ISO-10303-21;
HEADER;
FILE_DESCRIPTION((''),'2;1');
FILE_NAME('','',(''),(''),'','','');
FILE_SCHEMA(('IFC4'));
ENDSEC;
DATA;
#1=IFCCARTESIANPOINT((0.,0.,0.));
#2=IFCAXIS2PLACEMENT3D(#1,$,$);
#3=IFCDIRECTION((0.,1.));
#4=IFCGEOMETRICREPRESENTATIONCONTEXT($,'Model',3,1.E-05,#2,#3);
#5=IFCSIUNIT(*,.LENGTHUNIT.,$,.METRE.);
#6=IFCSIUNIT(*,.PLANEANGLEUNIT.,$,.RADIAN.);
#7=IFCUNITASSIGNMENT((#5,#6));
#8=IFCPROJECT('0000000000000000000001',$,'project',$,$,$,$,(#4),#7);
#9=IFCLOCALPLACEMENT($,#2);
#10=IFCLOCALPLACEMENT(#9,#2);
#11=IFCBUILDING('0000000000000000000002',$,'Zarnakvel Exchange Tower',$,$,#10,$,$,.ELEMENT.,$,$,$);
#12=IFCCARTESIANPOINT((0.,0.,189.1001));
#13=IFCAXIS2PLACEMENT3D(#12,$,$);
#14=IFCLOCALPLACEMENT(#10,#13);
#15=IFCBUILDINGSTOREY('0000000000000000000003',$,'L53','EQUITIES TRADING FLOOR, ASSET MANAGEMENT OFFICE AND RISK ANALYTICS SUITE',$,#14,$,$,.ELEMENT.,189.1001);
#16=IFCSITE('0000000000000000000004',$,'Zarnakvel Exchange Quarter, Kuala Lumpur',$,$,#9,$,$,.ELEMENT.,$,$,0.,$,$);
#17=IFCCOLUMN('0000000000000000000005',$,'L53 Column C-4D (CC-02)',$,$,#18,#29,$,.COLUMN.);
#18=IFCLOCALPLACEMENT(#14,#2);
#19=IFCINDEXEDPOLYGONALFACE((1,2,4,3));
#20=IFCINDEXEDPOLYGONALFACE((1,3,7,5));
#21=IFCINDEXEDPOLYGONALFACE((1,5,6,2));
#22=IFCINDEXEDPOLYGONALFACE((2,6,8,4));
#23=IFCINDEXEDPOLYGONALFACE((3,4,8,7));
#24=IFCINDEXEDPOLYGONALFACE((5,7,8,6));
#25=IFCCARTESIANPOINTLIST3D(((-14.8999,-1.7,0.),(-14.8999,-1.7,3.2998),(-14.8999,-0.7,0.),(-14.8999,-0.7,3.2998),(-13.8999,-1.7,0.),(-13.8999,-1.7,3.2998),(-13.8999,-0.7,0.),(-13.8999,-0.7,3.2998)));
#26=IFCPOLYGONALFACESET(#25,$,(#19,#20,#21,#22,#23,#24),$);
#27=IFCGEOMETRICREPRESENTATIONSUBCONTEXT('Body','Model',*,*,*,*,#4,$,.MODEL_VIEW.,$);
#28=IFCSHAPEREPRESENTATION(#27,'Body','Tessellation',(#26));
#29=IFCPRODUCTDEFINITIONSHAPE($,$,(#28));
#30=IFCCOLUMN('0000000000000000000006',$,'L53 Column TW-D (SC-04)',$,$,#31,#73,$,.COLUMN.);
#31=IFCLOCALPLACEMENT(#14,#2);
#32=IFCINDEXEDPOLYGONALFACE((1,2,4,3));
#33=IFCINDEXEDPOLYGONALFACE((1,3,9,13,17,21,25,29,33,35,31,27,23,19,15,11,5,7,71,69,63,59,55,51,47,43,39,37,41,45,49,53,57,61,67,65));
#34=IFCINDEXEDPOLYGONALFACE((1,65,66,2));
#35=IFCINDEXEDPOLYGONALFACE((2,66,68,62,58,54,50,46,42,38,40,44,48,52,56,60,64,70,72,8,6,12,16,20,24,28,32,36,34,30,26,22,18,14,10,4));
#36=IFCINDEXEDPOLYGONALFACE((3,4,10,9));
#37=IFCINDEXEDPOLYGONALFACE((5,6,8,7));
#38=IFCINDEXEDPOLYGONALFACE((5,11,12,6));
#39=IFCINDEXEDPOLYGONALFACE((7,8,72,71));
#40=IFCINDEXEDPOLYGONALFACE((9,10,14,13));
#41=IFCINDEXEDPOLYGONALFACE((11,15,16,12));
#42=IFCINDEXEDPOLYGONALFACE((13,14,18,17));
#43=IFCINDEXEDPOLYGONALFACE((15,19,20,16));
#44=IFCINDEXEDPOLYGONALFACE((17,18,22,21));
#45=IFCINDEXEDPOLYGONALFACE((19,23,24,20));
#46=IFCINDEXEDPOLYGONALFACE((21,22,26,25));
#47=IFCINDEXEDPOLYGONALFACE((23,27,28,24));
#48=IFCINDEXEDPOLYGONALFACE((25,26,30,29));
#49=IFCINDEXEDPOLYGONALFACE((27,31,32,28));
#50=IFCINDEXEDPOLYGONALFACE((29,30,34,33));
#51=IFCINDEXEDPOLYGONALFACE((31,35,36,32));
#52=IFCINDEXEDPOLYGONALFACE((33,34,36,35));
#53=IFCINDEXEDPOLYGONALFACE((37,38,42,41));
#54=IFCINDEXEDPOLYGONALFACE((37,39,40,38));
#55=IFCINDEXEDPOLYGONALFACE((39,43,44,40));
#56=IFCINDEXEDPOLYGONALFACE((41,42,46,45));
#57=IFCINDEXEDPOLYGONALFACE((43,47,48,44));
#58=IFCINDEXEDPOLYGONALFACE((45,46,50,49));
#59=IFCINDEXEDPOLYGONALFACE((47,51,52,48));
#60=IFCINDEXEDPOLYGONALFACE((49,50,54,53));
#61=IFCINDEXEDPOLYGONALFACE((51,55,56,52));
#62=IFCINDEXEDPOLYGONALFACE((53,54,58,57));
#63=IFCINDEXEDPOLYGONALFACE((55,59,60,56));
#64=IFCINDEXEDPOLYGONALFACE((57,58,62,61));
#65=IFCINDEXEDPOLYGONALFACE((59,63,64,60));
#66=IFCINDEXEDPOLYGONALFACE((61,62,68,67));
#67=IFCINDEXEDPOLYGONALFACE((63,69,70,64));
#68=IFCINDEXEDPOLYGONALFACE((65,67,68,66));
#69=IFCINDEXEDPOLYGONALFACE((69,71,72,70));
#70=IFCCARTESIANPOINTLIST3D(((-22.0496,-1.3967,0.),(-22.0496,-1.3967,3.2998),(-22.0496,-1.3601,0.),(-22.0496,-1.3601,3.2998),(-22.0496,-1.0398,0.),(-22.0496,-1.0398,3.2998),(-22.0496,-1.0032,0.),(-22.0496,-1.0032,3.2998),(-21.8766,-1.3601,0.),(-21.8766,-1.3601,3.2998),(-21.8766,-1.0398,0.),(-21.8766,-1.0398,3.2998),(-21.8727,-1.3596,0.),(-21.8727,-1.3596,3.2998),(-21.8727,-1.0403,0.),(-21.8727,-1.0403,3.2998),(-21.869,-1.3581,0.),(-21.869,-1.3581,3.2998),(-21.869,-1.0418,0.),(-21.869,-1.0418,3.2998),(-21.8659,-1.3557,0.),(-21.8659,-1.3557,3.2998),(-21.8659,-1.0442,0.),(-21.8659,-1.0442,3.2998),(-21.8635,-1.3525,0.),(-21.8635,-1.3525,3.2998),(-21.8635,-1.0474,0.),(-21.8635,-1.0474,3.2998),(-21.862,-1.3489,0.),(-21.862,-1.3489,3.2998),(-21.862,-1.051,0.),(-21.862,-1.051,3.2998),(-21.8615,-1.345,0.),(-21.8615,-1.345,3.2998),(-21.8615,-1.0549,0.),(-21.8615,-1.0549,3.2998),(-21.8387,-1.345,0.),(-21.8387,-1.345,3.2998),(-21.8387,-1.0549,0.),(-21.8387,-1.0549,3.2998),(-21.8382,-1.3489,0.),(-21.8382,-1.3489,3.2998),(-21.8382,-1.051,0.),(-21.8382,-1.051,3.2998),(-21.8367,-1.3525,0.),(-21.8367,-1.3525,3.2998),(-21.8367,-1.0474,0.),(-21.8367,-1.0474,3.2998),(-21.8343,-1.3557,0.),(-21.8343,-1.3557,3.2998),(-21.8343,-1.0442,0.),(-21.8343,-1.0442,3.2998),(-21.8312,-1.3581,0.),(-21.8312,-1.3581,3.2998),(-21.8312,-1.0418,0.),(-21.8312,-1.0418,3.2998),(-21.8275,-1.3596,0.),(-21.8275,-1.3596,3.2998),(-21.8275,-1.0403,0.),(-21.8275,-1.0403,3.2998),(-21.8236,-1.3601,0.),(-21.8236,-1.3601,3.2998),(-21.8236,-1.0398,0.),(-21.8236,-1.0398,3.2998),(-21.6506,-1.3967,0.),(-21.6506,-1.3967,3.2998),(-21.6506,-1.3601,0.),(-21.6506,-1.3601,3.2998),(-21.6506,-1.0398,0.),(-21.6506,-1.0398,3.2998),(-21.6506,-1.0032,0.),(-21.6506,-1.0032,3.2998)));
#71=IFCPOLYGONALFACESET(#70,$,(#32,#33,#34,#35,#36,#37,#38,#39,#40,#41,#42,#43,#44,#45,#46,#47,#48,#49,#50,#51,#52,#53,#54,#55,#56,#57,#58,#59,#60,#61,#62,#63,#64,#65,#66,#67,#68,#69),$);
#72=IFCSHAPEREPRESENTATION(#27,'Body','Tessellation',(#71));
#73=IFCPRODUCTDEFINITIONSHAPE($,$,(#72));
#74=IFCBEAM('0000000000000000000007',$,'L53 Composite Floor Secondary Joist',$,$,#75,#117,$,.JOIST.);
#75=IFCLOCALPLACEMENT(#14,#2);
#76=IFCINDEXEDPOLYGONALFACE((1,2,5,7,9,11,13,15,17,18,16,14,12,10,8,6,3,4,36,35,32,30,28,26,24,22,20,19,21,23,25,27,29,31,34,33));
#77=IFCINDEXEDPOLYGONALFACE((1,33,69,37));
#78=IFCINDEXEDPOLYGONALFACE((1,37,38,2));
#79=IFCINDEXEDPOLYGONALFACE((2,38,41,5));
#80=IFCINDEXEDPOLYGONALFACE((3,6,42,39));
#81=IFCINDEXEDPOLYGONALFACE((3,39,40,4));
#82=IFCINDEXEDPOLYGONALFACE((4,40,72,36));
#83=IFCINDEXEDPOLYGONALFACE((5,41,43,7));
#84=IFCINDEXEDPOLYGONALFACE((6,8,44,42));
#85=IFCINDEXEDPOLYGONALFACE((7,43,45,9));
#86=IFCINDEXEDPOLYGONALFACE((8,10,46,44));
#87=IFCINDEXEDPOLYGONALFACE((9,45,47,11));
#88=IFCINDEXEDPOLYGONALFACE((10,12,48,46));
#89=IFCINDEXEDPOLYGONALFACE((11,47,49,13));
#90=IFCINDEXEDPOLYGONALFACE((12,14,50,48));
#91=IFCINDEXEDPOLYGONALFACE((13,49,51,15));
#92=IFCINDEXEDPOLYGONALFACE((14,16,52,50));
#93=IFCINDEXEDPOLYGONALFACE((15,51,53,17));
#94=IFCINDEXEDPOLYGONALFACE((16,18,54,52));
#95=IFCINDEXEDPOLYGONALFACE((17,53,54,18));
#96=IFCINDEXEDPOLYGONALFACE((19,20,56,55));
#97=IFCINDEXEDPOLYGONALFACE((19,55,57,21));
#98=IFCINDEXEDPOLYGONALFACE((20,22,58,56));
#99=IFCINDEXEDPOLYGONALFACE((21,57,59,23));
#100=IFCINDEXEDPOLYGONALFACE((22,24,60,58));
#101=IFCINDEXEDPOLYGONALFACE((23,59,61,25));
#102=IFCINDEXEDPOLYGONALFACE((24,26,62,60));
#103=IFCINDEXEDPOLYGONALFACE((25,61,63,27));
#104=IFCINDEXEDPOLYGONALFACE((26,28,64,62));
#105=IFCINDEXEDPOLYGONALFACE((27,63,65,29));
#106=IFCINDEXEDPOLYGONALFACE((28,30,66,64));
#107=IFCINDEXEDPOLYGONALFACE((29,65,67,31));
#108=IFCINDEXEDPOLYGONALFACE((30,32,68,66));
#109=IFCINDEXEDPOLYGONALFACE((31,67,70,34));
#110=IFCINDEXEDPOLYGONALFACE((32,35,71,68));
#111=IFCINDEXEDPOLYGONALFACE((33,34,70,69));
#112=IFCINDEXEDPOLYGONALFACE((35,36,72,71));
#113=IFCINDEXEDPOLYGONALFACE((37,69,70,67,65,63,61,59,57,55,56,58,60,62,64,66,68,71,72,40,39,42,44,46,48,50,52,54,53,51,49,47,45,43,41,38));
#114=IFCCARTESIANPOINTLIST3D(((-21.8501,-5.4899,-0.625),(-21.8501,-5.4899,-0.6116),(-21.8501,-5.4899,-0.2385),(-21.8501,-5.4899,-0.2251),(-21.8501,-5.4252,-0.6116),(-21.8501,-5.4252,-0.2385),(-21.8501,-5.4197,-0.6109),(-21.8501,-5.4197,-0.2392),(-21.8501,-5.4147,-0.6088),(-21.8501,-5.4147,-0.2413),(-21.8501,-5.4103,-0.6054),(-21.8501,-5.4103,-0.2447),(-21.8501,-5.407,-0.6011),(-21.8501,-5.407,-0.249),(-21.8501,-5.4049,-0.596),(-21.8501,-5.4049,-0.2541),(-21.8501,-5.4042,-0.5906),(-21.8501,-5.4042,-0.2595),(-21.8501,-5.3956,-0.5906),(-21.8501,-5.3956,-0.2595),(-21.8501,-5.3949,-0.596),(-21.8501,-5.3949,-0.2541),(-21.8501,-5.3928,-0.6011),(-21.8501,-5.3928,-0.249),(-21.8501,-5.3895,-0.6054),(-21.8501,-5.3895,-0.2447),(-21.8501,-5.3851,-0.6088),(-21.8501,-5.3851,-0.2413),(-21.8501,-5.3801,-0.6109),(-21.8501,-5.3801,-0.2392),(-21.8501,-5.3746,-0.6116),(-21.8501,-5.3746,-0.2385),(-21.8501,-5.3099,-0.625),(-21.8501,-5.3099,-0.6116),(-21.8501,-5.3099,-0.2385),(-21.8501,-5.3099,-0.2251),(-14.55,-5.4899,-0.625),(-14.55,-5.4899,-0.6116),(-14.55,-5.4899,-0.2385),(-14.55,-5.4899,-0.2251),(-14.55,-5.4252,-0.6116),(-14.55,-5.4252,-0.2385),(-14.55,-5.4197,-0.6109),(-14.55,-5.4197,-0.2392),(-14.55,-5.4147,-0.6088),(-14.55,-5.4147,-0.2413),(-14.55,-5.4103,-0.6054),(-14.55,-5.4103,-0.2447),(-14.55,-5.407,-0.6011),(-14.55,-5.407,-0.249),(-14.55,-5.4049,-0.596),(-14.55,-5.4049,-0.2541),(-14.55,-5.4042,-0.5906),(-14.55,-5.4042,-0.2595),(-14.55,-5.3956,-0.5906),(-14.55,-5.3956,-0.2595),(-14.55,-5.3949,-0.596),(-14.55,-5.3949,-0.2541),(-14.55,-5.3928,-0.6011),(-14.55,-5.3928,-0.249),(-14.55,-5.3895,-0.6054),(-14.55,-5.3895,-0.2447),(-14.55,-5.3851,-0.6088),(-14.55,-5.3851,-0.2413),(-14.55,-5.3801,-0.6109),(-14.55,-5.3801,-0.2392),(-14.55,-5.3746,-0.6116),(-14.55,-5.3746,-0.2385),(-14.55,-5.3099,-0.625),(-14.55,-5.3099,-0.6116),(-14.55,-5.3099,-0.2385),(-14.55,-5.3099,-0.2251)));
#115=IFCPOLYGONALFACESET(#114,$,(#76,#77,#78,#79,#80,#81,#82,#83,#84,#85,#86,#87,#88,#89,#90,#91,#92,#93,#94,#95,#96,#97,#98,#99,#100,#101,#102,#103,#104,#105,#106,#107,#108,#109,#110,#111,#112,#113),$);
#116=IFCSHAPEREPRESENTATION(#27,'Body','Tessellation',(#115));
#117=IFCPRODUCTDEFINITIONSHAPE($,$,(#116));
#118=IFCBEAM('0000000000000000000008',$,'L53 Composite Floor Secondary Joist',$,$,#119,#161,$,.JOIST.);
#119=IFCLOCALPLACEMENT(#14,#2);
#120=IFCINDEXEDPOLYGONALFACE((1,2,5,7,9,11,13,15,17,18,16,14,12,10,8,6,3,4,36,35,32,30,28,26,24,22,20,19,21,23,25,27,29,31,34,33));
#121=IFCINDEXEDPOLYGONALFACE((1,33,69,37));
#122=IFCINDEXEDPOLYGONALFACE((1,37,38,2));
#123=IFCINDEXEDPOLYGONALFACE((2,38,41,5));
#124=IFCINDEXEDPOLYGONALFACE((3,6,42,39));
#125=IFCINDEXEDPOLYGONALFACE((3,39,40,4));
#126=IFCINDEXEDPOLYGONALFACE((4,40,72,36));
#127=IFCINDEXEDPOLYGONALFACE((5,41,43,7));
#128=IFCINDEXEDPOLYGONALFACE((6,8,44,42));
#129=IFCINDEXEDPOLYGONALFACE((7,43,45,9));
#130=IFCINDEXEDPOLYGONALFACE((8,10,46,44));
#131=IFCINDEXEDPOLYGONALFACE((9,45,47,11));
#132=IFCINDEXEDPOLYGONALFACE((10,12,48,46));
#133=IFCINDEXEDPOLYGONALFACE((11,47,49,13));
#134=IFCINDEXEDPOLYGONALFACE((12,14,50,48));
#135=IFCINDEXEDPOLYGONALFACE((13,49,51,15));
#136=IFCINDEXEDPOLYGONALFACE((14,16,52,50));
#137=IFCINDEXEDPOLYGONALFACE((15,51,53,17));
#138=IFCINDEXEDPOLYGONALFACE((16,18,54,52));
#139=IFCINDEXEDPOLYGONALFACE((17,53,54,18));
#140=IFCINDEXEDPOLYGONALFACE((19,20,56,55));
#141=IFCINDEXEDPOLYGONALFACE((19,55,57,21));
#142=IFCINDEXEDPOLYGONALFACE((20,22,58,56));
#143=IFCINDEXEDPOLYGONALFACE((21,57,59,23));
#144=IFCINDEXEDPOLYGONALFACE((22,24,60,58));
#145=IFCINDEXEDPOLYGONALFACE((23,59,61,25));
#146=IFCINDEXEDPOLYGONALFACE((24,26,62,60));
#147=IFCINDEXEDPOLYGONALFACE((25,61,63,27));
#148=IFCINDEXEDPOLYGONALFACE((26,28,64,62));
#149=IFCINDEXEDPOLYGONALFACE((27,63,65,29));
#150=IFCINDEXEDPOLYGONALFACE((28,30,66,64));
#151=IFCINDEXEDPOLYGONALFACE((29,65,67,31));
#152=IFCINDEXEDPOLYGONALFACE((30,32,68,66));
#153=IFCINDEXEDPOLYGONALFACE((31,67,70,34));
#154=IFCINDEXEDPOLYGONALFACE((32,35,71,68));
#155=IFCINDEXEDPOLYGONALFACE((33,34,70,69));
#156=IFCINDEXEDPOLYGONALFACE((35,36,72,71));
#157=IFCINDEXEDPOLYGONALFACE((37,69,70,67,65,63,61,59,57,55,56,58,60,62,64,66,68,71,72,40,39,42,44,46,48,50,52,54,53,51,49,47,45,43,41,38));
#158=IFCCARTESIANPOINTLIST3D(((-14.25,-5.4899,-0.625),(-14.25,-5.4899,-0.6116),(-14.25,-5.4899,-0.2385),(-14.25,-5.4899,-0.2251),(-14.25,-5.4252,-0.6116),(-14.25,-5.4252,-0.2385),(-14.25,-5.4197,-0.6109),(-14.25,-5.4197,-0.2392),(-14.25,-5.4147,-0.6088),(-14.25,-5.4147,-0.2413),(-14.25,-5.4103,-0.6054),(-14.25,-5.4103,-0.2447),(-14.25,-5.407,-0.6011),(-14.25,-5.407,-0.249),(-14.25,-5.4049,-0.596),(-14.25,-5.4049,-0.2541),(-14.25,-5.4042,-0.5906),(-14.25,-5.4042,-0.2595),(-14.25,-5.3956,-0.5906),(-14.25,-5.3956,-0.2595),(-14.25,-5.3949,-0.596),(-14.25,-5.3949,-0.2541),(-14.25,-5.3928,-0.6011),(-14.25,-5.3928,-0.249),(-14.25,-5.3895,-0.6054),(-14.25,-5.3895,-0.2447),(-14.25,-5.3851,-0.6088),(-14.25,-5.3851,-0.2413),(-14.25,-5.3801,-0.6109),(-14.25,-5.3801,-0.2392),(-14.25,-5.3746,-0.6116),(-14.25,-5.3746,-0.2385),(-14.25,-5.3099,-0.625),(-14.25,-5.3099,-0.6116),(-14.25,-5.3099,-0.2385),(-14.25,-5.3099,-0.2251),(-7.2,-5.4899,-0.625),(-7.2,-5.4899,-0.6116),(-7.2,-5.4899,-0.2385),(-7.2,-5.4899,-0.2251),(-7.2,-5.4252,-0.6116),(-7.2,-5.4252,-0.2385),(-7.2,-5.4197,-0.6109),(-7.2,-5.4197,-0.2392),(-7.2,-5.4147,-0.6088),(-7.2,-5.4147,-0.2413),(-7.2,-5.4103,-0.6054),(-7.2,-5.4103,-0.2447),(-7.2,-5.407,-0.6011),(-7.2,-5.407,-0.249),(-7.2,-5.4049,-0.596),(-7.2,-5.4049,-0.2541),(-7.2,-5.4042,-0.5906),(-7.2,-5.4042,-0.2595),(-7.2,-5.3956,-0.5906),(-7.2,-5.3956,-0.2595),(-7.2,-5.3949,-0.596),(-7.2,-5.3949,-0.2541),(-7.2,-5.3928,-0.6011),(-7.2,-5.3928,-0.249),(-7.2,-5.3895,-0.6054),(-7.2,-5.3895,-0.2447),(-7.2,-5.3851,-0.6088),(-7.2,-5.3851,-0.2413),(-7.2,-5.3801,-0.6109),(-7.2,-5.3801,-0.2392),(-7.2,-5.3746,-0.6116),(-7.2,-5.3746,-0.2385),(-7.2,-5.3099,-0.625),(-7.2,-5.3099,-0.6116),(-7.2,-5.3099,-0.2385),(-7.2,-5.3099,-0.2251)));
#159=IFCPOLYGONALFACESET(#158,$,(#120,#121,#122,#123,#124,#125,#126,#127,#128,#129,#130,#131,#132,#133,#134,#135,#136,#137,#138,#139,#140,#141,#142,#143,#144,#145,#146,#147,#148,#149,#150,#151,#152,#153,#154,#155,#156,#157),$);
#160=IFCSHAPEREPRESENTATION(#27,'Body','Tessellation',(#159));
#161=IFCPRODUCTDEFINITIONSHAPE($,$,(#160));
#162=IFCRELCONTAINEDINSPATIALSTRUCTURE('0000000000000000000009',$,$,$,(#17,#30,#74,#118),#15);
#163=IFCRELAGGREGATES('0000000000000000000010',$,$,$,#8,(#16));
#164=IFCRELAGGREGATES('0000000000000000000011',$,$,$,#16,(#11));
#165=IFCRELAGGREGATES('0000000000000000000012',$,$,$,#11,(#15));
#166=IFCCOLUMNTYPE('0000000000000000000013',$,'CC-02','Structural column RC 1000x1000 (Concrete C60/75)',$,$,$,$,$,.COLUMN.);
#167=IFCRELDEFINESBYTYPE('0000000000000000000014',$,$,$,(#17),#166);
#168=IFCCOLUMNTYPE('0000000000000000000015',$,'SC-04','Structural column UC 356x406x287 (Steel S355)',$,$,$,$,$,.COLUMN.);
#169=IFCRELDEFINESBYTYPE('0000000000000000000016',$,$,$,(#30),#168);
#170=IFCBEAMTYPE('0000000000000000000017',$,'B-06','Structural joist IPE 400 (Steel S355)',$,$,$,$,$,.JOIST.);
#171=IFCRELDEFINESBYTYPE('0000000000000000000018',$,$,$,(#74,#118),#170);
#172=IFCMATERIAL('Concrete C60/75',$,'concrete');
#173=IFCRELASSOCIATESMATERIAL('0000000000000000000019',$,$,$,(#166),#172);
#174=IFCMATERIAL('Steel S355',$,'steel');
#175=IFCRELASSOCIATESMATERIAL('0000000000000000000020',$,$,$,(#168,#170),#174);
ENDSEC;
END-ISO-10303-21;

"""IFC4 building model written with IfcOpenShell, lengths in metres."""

from ifc_helpers import new_model, si_unit, direction, frame, origin, origin_2d, place, context, subcontext, project, spatial, rectangle, i_section, extrude, material, material_profile, profile_set, type_object, element, save


model = new_model("IFC4")

# Units and contexts
model_context = context("Model", 3, precision=1e-05, world=origin(), true_north=direction((0.0, 1.0)))
body_context = subcontext(model_context, "Body", "Model", "MODEL_VIEW")
ifc_project = project(units=[si_unit("LENGTHUNIT", "METRE"), si_unit("PLANEANGLEUNIT", "RADIAN")], contexts=[model_context])

# Site, building, storey
site_placement = place(None, origin())
site = spatial("IfcSite", under=ifc_project, at=site_placement, Name="Zarnakvel Exchange Quarter, Kuala Lumpur", CompositionType="ELEMENT", RefElevation=0.0)
building_placement = place(site_placement, origin())
building = spatial("IfcBuilding", under=site, at=building_placement, Name="Zarnakvel Exchange Tower", CompositionType="ELEMENT")
storey_placement = place(building_placement, frame((0.0, 0.0, 189.1001)))
storey = spatial("IfcBuildingStorey", under=building, at=storey_placement, Name="L53", Description="EQUITIES TRADING FLOOR, ASSET MANAGEMENT OFFICE AND RISK ANALYTICS SUITE", CompositionType="ELEMENT", Elevation=189.1001)

# Columns
ifc_material_1 = material(Name="Concrete C60/75", Category="concrete")
ifc_material_profile_1 = material_profile(ifc_material_1, rectangle(XDim=1.0, YDim=1.0, at=origin_2d()))
ifc_profile_set_1 = profile_set([ifc_material_profile_1], Name="Concrete C60/75")
column_type_1 = type_object("IfcColumnType", Name="CC-02", Description="Structural column RC 1000x1000 (Concrete C60/75)", PredefinedType="COLUMN", material=ifc_profile_set_1)
column_1_placement = place(storey_placement, frame((-14.3999, -1.2, 0.0), z_axis=(0.0, 0.0, 1.0), x_axis=(1.0, 0.0, 0.0)))
element("IfcColumn", 1, at=column_1_placement, inside=storey, type_object=column_type_1, Name="L53 Column C-4D (CC-02)", PredefinedType="COLUMN", context=body_context, shape_type="SweptSolid", body=[
    extrude(rectangle(XDim=1.0, YDim=1.0, at=origin_2d()), origin(), (0.0, 0.0, 1.0), 3.2998),
])
ifc_material_2 = material(Name="Steel S355", Category="steel")
ifc_material_profile_2 = material_profile(ifc_material_2, i_section(OverallWidth=0.3989, OverallDepth=0.3936, WebThickness=0.0227, FlangeThickness=0.0366, FilletRadius=0.0151, at=origin_2d()))
ifc_profile_set_2 = profile_set([ifc_material_profile_2], Name="Steel S355")
column_type_2 = type_object("IfcColumnType", Name="SC-04", Description="Structural column UC 356x406x287 (Steel S355)", PredefinedType="COLUMN", material=ifc_profile_set_2)
column_2_placement = place(storey_placement, frame((-21.8501, -1.2, 0.0), z_axis=(0.0, 0.0, 1.0), x_axis=(1.0, 0.0, 0.0)))
element("IfcColumn", 2, at=column_2_placement, inside=storey, type_object=column_type_2, Name="L53 Column TW-D (SC-04)", PredefinedType="COLUMN", context=body_context, shape_type="SweptSolid", body=[
    extrude(i_section(OverallWidth=0.3989, OverallDepth=0.3936, WebThickness=0.0227, FlangeThickness=0.0366, FilletRadius=0.0151, at=origin_2d()), origin(), (0.0, 0.0, 1.0), 3.2998),
])

# Beams
ifc_material_profile_3 = material_profile(ifc_material_2, i_section(OverallWidth=0.1799, OverallDepth=0.3999, WebThickness=0.0085, FlangeThickness=0.0134, FilletRadius=0.021, at=origin_2d()))
ifc_profile_set_3 = profile_set([ifc_material_profile_3], Name="Steel S355")
beam_type_1 = type_object("IfcBeamType", Name="B-06", Description="Structural joist IPE 400 (Steel S355)", PredefinedType="JOIST", material=ifc_profile_set_3)
beam_1_placement = place(storey_placement, frame((-21.8501, -5.3999, -0.425), z_axis=(1.0, 0.0, 0.0), x_axis=(0.0, 1.0, 0.0)))
element("IfcBeam", 3, at=beam_1_placement, inside=storey, type_object=beam_type_1, Name="L53 Composite Floor Secondary Joist", PredefinedType="JOIST", context=body_context, shape_type="SweptSolid", body=[
    extrude(i_section(OverallWidth=0.1799, OverallDepth=0.3999, WebThickness=0.0085, FlangeThickness=0.0134, FilletRadius=0.021, at=origin_2d()), origin(), (0.0, 0.0, 1.0), 7.3),
])
beam_2_placement = place(storey_placement, frame((-14.25, -5.3999, -0.425), z_axis=(1.0, 0.0, 0.0), x_axis=(0.0, 1.0, 0.0)))
element("IfcBeam", 4, at=beam_2_placement, inside=storey, type_object=beam_type_1, Name="L53 Composite Floor Secondary Joist", PredefinedType="JOIST", context=body_context, shape_type="SweptSolid", body=[
    extrude(i_section(OverallWidth=0.1799, OverallDepth=0.3999, WebThickness=0.0085, FlangeThickness=0.0134, FilletRadius=0.021, at=origin_2d()), origin(), (0.0, 0.0, 1.0), 7.05),
])

save(model, "model.ifc")
